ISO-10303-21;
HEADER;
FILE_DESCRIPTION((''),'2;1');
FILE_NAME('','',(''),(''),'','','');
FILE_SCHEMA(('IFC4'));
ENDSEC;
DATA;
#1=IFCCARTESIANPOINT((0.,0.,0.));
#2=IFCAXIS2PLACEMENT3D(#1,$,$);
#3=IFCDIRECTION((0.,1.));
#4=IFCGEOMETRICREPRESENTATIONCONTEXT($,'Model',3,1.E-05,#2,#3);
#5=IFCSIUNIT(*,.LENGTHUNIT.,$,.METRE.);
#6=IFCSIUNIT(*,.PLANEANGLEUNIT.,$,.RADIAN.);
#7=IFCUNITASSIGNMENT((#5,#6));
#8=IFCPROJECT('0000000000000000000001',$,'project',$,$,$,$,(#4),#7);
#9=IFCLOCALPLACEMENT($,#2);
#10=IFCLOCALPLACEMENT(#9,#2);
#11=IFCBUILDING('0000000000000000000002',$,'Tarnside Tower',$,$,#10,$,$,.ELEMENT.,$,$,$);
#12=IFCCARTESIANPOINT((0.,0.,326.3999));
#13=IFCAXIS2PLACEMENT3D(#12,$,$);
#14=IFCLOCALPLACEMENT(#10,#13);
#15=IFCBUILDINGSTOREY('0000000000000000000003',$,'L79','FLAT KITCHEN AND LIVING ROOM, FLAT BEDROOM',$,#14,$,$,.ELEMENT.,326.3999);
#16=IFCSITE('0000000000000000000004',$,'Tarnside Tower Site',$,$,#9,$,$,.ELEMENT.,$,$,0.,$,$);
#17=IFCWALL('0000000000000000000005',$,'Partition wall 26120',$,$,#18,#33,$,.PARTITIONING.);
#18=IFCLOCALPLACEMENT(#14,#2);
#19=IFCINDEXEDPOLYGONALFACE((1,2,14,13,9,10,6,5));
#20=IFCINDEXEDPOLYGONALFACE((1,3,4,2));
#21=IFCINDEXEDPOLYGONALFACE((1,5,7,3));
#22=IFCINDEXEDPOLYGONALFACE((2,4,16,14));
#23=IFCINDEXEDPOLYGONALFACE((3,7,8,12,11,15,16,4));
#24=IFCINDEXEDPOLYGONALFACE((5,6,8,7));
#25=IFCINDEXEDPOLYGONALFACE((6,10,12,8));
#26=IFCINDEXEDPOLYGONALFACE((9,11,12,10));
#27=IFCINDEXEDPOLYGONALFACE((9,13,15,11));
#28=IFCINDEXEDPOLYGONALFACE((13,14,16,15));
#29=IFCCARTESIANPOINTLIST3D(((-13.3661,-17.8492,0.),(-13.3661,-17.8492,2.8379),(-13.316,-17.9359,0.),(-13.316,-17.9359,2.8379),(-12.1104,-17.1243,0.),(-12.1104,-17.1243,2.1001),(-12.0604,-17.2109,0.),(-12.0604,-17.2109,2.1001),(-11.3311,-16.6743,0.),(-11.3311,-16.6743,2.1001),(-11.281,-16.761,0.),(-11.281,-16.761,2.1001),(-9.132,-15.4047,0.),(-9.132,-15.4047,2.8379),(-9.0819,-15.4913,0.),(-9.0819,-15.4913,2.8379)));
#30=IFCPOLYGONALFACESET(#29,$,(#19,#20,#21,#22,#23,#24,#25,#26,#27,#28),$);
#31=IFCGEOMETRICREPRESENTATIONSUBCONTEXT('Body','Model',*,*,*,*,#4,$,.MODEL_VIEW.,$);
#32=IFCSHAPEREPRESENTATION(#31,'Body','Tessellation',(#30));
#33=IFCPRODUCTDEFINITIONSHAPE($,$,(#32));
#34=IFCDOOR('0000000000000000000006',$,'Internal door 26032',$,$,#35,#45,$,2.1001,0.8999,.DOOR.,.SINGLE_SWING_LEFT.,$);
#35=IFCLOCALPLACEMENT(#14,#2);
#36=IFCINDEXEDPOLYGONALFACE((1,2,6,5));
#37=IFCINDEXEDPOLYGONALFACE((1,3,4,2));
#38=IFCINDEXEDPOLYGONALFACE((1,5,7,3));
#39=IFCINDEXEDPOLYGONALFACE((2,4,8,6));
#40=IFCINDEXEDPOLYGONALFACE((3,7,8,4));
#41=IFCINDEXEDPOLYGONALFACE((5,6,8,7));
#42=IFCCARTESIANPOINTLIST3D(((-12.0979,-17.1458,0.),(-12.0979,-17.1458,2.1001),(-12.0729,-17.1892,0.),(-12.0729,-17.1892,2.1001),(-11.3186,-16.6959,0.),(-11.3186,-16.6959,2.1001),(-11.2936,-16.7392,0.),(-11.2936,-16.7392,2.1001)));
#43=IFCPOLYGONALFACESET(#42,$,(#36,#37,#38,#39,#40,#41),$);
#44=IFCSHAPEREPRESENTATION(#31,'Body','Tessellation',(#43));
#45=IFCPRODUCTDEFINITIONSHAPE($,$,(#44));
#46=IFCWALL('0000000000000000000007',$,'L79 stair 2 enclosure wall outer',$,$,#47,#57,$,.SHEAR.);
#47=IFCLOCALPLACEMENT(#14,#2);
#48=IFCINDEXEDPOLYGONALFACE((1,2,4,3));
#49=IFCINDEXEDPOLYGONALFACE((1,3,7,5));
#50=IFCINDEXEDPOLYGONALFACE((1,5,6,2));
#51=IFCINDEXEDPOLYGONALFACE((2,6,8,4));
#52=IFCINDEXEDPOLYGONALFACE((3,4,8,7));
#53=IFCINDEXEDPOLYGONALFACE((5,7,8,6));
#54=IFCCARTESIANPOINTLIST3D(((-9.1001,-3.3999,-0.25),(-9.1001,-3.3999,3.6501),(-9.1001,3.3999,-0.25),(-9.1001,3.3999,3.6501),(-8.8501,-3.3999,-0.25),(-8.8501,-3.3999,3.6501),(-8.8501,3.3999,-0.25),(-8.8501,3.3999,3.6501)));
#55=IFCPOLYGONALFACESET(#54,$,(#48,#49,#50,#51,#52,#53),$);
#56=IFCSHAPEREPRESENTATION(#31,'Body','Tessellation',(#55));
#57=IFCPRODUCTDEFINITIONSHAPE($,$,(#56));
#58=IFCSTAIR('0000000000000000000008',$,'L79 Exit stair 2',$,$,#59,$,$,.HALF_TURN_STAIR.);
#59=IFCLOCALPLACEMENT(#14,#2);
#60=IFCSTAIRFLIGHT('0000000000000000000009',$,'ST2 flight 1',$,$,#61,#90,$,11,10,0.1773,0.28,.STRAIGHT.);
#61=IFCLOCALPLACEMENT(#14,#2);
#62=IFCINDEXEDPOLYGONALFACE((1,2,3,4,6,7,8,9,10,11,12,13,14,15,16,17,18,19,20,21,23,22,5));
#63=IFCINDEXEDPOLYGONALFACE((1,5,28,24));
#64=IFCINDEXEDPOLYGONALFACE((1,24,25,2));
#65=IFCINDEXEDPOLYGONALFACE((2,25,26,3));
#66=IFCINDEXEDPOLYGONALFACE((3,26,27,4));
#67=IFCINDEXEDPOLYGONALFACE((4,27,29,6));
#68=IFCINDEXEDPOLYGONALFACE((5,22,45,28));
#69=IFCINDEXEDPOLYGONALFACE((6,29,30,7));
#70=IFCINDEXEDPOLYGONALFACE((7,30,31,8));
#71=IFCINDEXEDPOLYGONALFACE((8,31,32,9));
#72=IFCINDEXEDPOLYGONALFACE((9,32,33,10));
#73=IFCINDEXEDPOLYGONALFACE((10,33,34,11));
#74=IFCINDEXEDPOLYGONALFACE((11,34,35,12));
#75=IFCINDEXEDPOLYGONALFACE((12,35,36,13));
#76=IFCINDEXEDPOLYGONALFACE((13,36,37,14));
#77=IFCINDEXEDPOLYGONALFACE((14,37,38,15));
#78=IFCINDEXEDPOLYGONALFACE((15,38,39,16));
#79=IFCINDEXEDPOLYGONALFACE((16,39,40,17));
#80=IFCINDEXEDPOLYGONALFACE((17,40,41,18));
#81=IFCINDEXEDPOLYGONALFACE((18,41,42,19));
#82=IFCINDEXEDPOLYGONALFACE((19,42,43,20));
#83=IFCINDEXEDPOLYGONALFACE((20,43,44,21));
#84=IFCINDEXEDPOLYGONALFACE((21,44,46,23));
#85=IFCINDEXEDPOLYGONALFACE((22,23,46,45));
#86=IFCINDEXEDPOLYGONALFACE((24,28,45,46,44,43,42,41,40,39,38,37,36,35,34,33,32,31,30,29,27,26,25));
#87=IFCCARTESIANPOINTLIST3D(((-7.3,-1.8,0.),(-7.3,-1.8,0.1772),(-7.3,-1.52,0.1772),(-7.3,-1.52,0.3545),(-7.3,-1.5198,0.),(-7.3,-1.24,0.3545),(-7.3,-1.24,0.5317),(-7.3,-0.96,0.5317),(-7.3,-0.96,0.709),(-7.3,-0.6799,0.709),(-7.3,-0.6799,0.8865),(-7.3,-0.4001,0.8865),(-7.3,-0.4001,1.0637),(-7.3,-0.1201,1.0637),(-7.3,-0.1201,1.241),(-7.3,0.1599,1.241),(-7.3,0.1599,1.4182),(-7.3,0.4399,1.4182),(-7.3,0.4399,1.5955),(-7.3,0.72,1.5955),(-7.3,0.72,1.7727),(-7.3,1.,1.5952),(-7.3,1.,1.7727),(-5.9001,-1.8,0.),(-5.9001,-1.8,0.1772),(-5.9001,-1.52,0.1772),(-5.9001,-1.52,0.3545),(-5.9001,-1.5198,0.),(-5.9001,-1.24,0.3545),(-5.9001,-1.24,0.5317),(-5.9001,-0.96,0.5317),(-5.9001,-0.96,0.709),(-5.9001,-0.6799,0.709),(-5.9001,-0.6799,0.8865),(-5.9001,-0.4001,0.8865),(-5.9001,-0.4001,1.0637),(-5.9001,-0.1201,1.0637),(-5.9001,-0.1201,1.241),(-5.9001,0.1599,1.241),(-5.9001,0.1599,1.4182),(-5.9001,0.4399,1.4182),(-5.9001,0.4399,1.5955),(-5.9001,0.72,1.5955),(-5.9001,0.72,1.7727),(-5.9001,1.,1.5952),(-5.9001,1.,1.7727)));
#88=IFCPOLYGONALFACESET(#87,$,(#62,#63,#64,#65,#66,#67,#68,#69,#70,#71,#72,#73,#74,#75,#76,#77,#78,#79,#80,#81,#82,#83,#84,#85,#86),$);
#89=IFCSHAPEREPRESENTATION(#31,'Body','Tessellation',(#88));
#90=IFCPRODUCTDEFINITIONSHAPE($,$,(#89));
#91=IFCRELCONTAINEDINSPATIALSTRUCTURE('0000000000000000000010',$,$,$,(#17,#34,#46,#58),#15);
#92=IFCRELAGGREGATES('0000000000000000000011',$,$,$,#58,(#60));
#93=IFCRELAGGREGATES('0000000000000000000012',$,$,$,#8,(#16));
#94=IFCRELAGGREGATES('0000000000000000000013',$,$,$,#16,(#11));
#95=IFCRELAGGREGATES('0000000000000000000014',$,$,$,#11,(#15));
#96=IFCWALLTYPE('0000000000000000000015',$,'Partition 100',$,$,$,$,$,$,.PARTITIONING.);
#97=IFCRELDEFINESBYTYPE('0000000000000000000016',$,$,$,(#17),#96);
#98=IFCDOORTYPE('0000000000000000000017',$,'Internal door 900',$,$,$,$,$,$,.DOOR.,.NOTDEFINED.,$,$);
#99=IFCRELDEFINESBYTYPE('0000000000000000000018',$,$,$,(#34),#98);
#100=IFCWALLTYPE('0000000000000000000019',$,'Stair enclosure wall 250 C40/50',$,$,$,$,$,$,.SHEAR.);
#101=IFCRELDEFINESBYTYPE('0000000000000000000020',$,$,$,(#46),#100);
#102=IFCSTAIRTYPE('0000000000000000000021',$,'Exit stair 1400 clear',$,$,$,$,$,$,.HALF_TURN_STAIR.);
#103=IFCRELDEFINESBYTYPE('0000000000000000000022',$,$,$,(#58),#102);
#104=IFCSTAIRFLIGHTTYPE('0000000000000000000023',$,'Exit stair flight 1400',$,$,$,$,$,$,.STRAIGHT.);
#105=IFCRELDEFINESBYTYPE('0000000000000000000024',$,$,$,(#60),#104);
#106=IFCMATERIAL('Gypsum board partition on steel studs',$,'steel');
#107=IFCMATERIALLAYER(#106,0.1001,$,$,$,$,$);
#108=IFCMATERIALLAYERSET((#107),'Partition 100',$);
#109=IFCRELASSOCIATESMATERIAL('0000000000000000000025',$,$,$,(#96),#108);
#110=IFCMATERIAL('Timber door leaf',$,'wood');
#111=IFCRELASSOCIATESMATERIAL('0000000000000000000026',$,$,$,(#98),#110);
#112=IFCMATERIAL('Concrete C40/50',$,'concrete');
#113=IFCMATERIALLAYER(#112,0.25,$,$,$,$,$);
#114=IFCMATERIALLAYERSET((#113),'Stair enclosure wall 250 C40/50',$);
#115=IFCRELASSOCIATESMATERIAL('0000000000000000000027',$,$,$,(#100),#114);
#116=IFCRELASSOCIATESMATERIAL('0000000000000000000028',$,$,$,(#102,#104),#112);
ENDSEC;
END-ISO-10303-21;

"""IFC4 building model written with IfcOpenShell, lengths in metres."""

from ifc_helpers import new_model, si_unit, direction, frame, frame_2d, origin, place, context, subcontext, project, spatial, polyline, rectangle, outline, extrude, material, layer, layer_set, type_object, element, fill, aggregate, save


model = new_model("IFC4")

# Units and contexts
model_context = context("Model", 3, precision=1e-05, world=origin(), true_north=direction((0.0, 1.0)))
body_context = subcontext(model_context, "Body", "Model", "MODEL_VIEW")
ifc_project = project(units=[si_unit("LENGTHUNIT", "METRE"), si_unit("PLANEANGLEUNIT", "RADIAN")], contexts=[model_context])

# Site, building, storey
site_placement = place(None, origin())
site = spatial("IfcSite", under=ifc_project, at=site_placement, Name="Tarnside Tower Site", CompositionType="ELEMENT", RefElevation=0.0)
building_placement = place(site_placement, origin())
building = spatial("IfcBuilding", under=site, at=building_placement, Name="Tarnside Tower", CompositionType="ELEMENT")
storey_placement = place(building_placement, frame((0.0, 0.0, 326.3999)))
storey = spatial("IfcBuildingStorey", under=building, at=storey_placement, Name="L79", Description="FLAT KITCHEN AND LIVING ROOM, FLAT BEDROOM", CompositionType="ELEMENT", Elevation=326.3999)

# Shared definitions
ifc_material_1 = material(Name="Gypsum board partition on steel studs", Category="steel")
ifc_material_2 = material(Name="Timber door leaf", Category="wood")

# Wall, opening, door
ifc_material_3 = material(Name="Concrete C40/50", Category="concrete")
ifc_layer_1 = layer(ifc_material_1, 0.1001)
ifc_layer_set_1 = layer_set([ifc_layer_1], Name="Partition 100")
wall_type_1 = type_object("IfcWallType", Name="Partition 100", PredefinedType="PARTITIONING", material=ifc_layer_set_1)
wall_1_placement = place(storey_placement, frame((-9.1069, -15.448, 0.0), z_axis=(0.0, 0.0, 1.0), x_axis=(-0.866025, -0.500001, 0.0)))
wall_1 = element("IfcWall", 1, at=wall_1_placement, inside=storey, type_object=wall_type_1, Name="Partition wall 26120", PredefinedType="PARTITIONING", context=body_context, shape_type="SweptSolid", body=[
    extrude(rectangle(XDim=4.8892, YDim=0.1001, at=frame_2d((2.4446, 0.0))), origin(), (0.0, 0.0, 1.0), 2.8379),
])
opening_1_placement = place(wall_1_placement, frame((2.5393, 0.0, 0.0)))
opening_1 = element("IfcOpeningElement", 2, at=opening_1_placement, cuts=wall_1, PredefinedType="OPENING", context=body_context, shape_type="SweptSolid", body=[
    extrude(rectangle(XDim=0.8999, YDim=2.1001, at=frame_2d((0.45, 1.05))), frame((0.0, 0.0601, 0.0), z_axis=(0.0, -1.0, 0.0), x_axis=(1.0, 0.0, 0.0)), (0.0, 0.0, 1.0), 0.1201),
])
door_type_1 = type_object("IfcDoorType", Name="Internal door 900", OperationType="NOTDEFINED", PredefinedType="DOOR", material=ifc_material_2)
door_1_placement = place(opening_1_placement, origin())
door_1 = element("IfcDoor", 3, at=door_1_placement, inside=storey, type_object=door_type_1, Name="Internal door 26032", OperationType="SINGLE_SWING_LEFT", OverallHeight=2.1001, OverallWidth=0.8999, PredefinedType="DOOR", context=body_context, shape_type="SweptSolid", body=[
    extrude(rectangle(XDim=0.8999, YDim=2.1001, at=frame_2d((0.45, 1.05))), frame((0.0, 0.0249, 0.0), z_axis=(0.0, -1.0, 0.0), x_axis=(1.0, 0.0, 0.0)), (0.0, 0.0, 1.0), 0.05),
])
fill(opening_1, door_1)

# Wall
ifc_layer_2 = layer(ifc_material_3, 0.25)
ifc_layer_set_2 = layer_set([ifc_layer_2], Name="Stair enclosure wall 250 C40/50")
wall_type_2 = type_object("IfcWallType", Name="Stair enclosure wall 250 C40/50", PredefinedType="SHEAR", material=ifc_layer_set_2)
wall_2_placement = place(storey_placement, frame((-8.9751, -3.3999, -0.25), z_axis=(0.0, 0.0, 1.0), x_axis=(0.0, 1.0, 0.0)))
element("IfcWall", 4, at=wall_2_placement, inside=storey, type_object=wall_type_2, Name="L79 stair 2 enclosure wall outer", PredefinedType="SHEAR", context=body_context, shape_type="SweptSolid", body=[
    extrude(rectangle(XDim=6.7998, YDim=0.25, at=frame_2d((3.3999, 0.0))), origin(), (0.0, 0.0, 1.0), 3.9001),
])

# Stair, stair flight
stair_type = type_object("IfcStairType", Name="Exit stair 1400 clear", PredefinedType="HALF_TURN_STAIR", material=ifc_material_3)
stair_placement = place(storey_placement, origin())
stair = element("IfcStair", 5, at=stair_placement, inside=storey, type_object=stair_type, Name="L79 Exit stair 2", PredefinedType="HALF_TURN_STAIR")
stair_flight_type = type_object("IfcStairFlightType", Name="Exit stair flight 1400", PredefinedType="STRAIGHT", material=ifc_material_3)
stair_flight_placement = place(storey_placement, frame((-6.6001, -1.8, 0.0), z_axis=(0.0, 0.0, 1.0), x_axis=(0.0, 1.0, 0.0)))
stair_flight = element("IfcStairFlight", 6, at=stair_flight_placement, type_object=stair_flight_type, Name="ST2 flight 1", NumberOfRisers=11, NumberOfTreads=10, PredefinedType="STRAIGHT", RiserHeight=0.1773, TreadLength=0.28, context=body_context, shape_type="SweptSolid", body=[
    extrude(outline(polyline([(0.0, 0.0), (0.0, 0.1772), (0.28, 0.1772), (0.28, 0.3545), (0.5601, 0.3545), (0.5601, 0.5317), (0.8401, 0.5317), (0.8401, 0.709), (1.1201, 0.709), (1.1201, 0.8865), (1.3999, 0.8865), (1.3999, 1.0637), (1.6799, 1.0637), (1.6799, 1.241), (1.96, 1.241), (1.96, 1.4182), (2.24, 1.4182), (2.24, 1.5955), (2.52, 1.5955), (2.52, 1.7727), (2.8, 1.7727), (2.8, 1.95), (2.8, 1.5952), (0.2803, 0.0), (0.0, 0.0)])), frame((0.0, 0.7, 0.0), z_axis=(0.0, -1.0, 0.0), x_axis=(1.0, 0.0, 0.0)), (0.0, 0.0, 1.0), 1.3999),
])
aggregate(stair, [stair_flight])

save(model, "model.ifc")
